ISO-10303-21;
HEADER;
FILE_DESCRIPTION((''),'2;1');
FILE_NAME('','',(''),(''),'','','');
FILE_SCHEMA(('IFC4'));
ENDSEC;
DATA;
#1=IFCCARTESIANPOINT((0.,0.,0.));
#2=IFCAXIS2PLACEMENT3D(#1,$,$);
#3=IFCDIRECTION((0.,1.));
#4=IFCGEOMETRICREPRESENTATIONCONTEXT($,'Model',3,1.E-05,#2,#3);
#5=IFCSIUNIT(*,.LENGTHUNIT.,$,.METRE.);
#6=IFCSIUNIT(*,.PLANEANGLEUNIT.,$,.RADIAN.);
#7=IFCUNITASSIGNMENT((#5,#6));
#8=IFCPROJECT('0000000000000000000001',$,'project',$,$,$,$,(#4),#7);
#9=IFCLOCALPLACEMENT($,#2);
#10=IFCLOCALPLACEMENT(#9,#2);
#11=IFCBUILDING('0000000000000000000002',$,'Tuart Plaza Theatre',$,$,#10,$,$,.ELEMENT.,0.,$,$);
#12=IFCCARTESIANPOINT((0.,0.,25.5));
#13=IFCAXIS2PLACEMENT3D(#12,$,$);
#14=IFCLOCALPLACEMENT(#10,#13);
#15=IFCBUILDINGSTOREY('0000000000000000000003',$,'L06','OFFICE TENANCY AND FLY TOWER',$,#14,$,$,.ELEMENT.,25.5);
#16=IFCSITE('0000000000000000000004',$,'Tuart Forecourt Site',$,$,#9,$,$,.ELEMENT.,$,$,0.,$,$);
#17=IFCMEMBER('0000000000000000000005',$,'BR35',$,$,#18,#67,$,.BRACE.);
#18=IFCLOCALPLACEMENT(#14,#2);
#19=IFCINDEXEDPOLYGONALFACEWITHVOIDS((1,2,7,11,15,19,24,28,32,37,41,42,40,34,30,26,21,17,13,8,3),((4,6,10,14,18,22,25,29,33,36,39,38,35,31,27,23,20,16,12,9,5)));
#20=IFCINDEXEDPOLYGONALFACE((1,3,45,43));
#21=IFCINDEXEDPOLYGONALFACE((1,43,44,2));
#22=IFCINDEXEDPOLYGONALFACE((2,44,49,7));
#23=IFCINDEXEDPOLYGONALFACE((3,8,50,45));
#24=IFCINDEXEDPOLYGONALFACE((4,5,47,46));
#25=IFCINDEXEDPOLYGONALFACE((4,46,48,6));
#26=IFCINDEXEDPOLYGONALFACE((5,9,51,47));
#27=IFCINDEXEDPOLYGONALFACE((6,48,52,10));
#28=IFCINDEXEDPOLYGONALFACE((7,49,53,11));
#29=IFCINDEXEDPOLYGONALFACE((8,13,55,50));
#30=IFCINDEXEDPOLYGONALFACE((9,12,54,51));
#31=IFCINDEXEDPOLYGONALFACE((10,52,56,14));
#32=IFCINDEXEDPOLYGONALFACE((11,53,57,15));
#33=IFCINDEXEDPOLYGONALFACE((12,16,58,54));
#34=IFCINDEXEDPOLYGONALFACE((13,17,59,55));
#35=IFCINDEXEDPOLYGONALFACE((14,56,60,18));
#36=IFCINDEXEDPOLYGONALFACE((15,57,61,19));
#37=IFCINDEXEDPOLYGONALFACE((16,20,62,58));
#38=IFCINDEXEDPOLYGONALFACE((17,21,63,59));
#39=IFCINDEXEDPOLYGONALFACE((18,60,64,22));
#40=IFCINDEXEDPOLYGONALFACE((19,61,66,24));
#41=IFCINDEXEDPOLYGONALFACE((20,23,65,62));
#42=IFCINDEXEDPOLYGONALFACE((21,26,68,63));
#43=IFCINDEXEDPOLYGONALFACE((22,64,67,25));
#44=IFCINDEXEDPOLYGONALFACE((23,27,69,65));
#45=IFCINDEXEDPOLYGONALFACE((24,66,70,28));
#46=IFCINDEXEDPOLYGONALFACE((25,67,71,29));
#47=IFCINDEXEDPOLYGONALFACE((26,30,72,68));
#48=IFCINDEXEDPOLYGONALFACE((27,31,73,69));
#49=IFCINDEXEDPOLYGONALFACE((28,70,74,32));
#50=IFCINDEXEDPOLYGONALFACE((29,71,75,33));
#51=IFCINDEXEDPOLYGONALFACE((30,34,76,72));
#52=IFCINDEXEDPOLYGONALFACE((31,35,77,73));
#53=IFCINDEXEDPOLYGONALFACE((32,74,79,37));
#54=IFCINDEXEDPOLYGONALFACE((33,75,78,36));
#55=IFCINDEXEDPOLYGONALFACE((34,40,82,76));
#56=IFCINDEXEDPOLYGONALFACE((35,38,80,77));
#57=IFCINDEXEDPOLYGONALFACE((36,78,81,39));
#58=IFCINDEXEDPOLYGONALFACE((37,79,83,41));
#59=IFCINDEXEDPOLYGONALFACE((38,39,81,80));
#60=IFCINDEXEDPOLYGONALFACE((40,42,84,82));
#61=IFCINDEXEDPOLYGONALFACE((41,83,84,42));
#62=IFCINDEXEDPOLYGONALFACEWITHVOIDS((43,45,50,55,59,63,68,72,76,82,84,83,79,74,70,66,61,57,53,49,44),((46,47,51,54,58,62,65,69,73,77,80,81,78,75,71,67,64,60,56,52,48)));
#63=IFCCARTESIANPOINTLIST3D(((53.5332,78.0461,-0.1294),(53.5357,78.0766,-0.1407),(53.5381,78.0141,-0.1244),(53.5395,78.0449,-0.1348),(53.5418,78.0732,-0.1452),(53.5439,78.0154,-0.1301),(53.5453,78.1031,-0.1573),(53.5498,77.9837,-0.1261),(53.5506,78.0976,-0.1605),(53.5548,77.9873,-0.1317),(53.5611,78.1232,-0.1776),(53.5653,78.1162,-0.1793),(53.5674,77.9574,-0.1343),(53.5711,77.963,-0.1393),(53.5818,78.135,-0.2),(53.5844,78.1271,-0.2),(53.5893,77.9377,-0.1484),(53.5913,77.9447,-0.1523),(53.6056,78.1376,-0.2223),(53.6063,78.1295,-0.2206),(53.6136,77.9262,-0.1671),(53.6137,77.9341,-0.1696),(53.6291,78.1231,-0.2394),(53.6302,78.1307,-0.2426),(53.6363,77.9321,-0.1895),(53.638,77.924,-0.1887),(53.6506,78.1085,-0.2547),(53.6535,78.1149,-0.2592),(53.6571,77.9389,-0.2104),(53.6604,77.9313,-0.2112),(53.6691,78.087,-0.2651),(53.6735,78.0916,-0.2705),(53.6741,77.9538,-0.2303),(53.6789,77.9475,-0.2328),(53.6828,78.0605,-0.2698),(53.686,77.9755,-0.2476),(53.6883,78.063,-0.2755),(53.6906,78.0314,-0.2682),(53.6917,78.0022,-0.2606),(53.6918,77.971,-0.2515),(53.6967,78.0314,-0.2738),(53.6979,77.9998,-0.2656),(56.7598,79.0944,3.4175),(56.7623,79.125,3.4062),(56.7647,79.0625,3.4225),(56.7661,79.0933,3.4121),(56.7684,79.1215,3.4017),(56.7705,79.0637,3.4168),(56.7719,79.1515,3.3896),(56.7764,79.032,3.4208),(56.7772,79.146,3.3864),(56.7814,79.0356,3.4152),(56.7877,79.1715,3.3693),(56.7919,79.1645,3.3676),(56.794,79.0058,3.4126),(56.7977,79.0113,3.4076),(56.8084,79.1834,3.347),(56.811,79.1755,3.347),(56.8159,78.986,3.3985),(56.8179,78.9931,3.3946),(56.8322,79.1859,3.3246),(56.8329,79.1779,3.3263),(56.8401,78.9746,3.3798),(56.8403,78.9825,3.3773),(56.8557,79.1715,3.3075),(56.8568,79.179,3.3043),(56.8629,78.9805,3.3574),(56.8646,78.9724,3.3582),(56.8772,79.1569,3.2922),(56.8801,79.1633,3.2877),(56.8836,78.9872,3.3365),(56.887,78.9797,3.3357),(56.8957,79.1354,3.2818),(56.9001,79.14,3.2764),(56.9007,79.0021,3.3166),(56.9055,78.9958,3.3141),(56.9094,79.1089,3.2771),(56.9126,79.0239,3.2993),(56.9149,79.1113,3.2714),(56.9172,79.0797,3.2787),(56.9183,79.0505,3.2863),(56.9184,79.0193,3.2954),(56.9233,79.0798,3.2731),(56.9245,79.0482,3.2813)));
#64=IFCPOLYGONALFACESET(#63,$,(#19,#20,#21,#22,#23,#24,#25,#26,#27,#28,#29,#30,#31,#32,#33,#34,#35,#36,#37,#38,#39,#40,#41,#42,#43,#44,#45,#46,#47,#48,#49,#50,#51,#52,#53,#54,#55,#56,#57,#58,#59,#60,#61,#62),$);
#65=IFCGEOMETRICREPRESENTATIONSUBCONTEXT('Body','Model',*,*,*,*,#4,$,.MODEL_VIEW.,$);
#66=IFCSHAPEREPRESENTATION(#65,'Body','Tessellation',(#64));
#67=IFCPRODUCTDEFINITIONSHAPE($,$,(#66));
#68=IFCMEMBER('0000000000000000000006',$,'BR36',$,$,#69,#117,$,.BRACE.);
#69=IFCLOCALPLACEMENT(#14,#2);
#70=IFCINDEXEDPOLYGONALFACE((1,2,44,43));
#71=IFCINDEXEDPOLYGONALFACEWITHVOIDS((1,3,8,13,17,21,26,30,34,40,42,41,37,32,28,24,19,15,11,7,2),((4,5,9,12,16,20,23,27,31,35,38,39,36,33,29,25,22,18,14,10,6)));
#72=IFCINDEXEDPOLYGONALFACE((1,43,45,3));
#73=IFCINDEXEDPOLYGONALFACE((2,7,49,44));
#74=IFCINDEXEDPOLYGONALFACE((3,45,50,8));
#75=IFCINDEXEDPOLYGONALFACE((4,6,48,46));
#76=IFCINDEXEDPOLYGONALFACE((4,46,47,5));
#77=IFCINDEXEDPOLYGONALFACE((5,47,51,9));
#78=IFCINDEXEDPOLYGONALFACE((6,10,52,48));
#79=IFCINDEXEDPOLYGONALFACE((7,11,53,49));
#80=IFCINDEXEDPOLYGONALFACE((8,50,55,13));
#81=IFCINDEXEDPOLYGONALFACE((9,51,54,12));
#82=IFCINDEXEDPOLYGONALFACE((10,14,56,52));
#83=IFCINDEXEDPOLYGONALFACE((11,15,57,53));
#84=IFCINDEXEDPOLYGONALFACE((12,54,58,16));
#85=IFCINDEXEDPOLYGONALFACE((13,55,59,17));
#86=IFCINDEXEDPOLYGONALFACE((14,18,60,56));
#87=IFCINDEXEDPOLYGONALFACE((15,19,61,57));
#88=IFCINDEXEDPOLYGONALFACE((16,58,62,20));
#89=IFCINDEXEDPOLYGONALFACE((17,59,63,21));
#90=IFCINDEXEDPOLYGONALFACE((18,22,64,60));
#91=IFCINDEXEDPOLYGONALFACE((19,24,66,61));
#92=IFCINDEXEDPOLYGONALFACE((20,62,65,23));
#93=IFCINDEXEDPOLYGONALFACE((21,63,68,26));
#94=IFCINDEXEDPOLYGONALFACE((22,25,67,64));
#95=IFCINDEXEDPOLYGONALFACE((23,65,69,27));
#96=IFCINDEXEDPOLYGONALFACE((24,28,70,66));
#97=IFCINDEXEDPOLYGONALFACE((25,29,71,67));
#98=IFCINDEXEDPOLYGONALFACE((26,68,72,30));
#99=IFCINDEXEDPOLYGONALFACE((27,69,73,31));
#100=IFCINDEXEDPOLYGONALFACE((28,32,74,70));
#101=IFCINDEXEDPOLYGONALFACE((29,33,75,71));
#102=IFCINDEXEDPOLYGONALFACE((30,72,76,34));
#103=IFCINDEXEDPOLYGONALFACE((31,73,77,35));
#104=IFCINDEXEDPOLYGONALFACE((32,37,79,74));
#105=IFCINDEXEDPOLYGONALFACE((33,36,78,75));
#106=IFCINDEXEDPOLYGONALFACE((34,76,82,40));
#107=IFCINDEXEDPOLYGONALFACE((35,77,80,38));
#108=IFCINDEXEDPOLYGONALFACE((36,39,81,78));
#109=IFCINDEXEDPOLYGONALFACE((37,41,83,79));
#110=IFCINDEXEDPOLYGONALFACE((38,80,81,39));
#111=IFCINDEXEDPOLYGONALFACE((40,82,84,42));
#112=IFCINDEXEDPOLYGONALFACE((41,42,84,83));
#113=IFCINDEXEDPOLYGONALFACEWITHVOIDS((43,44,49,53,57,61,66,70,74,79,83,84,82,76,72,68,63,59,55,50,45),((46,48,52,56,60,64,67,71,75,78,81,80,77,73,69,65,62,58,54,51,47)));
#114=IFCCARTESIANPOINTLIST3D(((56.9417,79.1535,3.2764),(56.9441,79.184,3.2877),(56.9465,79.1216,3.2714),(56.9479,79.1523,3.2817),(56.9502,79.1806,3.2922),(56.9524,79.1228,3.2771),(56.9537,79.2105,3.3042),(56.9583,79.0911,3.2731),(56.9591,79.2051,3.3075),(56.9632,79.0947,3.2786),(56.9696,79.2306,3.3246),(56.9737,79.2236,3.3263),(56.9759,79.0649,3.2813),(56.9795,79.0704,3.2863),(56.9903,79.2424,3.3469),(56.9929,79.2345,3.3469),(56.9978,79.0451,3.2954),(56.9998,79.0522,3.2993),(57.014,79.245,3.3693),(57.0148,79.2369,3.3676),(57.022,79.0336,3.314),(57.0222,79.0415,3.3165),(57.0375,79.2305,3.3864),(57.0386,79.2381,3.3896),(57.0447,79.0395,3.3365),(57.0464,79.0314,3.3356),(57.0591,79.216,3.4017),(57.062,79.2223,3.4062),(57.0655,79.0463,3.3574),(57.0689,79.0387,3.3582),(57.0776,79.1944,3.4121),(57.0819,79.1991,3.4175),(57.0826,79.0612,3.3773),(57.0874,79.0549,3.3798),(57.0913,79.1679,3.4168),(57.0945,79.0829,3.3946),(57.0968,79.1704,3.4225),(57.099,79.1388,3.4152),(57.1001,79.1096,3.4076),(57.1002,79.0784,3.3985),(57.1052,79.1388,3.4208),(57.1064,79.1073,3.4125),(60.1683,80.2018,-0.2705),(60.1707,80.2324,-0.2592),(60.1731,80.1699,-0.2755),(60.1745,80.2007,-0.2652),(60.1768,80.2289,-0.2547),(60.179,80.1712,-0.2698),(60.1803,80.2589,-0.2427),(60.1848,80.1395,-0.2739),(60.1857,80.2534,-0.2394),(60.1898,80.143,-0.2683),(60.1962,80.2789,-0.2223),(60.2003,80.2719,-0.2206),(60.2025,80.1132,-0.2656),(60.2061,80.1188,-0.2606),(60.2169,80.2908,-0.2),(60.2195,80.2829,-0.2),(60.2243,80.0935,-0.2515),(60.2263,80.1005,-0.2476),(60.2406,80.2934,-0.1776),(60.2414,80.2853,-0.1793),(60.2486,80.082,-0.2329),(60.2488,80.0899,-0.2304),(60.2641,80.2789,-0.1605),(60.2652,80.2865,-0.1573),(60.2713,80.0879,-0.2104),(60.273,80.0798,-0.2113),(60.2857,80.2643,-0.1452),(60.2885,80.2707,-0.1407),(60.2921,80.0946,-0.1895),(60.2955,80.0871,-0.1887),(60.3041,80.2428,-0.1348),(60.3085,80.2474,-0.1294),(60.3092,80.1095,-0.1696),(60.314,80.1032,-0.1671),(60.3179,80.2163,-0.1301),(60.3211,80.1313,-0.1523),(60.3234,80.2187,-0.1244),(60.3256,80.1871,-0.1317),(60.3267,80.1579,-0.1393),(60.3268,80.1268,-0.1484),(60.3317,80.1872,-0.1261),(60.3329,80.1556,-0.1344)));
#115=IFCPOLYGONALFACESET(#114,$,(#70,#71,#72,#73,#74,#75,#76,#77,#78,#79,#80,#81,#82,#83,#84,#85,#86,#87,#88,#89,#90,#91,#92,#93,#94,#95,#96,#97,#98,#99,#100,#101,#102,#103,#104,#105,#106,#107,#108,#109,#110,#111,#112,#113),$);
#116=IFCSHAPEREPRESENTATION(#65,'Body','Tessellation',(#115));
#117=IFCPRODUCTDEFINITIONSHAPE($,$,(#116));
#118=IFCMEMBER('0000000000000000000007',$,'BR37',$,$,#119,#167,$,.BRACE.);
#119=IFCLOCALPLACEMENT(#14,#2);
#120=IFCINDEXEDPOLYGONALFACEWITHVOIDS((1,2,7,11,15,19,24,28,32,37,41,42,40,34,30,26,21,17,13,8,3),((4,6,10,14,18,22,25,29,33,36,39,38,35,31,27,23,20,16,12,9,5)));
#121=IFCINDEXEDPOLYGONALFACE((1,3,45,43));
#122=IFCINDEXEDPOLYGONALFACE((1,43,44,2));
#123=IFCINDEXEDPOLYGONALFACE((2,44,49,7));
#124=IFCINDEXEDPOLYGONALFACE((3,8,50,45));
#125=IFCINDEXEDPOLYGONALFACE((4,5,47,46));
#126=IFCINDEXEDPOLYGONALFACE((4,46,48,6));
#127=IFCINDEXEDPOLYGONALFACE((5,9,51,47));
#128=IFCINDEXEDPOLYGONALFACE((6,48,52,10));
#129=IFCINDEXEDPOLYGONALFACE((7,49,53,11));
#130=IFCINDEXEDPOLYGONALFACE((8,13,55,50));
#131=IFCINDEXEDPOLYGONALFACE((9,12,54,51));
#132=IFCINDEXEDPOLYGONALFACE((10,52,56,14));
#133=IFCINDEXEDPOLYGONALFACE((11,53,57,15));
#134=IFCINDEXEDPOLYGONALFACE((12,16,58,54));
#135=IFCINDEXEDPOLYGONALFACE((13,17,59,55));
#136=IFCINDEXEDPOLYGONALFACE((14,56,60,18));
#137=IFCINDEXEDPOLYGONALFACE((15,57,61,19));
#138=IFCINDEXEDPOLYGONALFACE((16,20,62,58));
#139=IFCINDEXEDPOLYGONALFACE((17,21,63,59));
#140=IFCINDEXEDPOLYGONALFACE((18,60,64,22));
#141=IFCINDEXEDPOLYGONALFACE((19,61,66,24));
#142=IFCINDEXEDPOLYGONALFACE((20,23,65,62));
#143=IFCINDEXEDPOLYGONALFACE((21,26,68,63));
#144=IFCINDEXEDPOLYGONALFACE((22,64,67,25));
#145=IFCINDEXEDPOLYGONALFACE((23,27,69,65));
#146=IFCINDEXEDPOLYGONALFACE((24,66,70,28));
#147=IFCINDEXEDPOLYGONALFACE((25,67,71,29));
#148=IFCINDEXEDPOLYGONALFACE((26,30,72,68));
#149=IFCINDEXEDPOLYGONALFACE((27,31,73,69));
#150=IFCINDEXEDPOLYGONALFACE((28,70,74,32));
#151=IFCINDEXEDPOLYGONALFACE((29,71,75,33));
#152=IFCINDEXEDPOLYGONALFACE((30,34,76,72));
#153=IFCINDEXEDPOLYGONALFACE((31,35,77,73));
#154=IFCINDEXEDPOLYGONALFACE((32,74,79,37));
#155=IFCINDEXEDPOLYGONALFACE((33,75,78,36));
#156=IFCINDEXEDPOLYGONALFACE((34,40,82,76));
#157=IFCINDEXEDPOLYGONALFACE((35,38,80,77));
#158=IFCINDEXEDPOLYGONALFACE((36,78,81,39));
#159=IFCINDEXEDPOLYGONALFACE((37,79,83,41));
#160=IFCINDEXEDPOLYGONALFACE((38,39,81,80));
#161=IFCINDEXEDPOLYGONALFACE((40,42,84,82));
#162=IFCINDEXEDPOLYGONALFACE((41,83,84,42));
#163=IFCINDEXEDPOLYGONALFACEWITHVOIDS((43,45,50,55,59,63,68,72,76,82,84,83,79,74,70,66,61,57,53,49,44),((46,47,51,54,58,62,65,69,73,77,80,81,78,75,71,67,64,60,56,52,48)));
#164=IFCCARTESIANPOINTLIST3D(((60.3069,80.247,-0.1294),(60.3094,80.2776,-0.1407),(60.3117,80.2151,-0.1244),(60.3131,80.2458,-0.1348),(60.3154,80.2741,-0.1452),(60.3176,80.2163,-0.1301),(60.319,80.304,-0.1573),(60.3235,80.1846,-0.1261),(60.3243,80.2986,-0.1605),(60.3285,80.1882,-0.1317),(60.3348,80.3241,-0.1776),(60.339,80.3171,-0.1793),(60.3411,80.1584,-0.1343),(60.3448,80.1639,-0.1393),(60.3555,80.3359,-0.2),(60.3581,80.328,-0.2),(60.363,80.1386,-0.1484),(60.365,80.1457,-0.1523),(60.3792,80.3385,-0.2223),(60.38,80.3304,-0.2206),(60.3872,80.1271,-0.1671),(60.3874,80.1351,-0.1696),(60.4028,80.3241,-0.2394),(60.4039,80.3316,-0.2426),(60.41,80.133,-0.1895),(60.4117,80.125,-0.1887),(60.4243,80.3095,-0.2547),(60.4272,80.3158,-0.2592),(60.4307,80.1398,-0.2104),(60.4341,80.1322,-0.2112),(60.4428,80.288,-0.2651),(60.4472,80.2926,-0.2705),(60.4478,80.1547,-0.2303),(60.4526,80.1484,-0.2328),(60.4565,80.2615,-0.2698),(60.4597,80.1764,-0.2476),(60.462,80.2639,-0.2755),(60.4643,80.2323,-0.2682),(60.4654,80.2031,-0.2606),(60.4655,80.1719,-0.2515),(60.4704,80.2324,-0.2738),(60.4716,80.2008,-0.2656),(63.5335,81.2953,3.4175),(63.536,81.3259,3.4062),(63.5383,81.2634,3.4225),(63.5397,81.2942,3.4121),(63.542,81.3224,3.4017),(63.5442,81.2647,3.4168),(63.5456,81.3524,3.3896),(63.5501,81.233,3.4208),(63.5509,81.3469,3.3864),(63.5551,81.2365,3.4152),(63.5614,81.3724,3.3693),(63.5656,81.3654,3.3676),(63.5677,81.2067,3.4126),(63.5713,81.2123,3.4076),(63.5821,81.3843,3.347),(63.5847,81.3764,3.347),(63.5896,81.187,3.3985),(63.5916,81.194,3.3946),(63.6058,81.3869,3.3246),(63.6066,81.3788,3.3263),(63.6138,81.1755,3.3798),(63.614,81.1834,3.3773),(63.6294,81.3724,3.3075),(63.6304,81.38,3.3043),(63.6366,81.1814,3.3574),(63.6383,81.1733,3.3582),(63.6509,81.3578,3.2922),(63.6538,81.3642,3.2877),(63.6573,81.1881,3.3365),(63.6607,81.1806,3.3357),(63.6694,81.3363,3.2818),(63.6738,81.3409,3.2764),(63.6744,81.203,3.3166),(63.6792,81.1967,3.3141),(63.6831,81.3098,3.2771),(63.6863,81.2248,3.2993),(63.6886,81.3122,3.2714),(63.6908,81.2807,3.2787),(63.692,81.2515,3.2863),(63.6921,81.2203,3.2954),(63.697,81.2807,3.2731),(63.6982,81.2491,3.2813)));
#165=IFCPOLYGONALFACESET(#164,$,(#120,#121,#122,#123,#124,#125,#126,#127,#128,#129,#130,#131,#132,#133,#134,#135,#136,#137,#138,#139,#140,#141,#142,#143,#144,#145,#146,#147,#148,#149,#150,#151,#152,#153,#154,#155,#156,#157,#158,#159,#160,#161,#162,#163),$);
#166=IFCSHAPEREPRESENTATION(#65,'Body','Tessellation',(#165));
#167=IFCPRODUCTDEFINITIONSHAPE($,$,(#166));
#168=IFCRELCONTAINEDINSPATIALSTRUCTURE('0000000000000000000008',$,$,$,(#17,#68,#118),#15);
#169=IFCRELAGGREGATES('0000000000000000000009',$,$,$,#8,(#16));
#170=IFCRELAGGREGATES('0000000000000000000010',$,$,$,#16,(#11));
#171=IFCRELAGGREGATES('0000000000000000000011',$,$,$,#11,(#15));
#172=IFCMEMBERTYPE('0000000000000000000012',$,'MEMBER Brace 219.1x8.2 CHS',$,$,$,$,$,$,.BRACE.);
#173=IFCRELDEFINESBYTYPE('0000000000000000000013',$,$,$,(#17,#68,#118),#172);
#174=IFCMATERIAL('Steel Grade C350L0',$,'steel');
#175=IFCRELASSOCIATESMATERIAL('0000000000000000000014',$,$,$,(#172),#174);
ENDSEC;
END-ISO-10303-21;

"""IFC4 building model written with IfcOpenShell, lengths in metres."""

from ifc_helpers import new_model, si_unit, direction, frame, origin, origin_2d, place, context, subcontext, project, spatial, hollow_circle, extrude, material, material_profile, profile_set, type_object, element, save


model = new_model("IFC4")

# Units and contexts
model_context = context("Model", 3, precision=1e-05, world=origin(), true_north=direction((0.0, 1.0)))
body_context = subcontext(model_context, "Body", "Model", "MODEL_VIEW")
ifc_project = project(units=[si_unit("LENGTHUNIT", "METRE"), si_unit("PLANEANGLEUNIT", "RADIAN")], contexts=[model_context])

# Site, building, storey
site_placement = place(None, origin())
site = spatial("IfcSite", under=ifc_project, at=site_placement, Name="Tuart Forecourt Site", CompositionType="ELEMENT", RefElevation=0.0)
building_placement = place(site_placement, origin())
building = spatial("IfcBuilding", under=site, at=building_placement, Name="Tuart Plaza Theatre", CompositionType="ELEMENT", ElevationOfRefHeight=0.0)
storey_placement = place(building_placement, frame((0.0, 0.0, 25.5)))
storey = spatial("IfcBuildingStorey", under=building, at=storey_placement, Name="L06", Description="OFFICE TENANCY AND FLY TOWER", CompositionType="ELEMENT", Elevation=25.5)

# Members
ifc_material_1 = material(Name="Steel Grade C350L0", Category="steel")
ifc_material_profile_1 = material_profile(ifc_material_1, hollow_circle(Radius=0.1096, WallThickness=0.0083, at=origin_2d()), Name="219.1x8.2 CHS")
ifc_profile_set_1 = profile_set([ifc_material_profile_1], Name="Steel Grade C350L0")
member_type_1 = type_object("IfcMemberType", Name="MEMBER Brace 219.1x8.2 CHS", PredefinedType="BRACE", material=ifc_profile_set_1)
for number, where, z_axis, x_axis, name in (
    (1, (53.6157, 78.0308, -0.2), (0.657387, 0.213591, 0.722648), (-0.309008, 0.951059, 0.0), "BR35"),
    (2, (57.0242, 79.1382, 3.3469), (0.657387, 0.213591, -0.722648), (-0.309008, 0.951059, 0.0), "BR36"),
    (3, (60.3894, 80.2317, -0.2), (0.657387, 0.213591, 0.722648), (-0.309008, 0.951059, 0.0), "BR37"),
):
    element("IfcMember", number, at=place(storey_placement, frame(where, z_axis=z_axis, x_axis=x_axis)), inside=storey, type_object=member_type_1, Name=name, PredefinedType="BRACE", context=body_context, shape_type="SweptSolid", body=[
        extrude(hollow_circle(Radius=0.1096, WallThickness=0.0083, at=origin_2d()), origin(), (0.0, 0.0, 1.0), 4.9082),
    ])

save(model, "model.ifc")
